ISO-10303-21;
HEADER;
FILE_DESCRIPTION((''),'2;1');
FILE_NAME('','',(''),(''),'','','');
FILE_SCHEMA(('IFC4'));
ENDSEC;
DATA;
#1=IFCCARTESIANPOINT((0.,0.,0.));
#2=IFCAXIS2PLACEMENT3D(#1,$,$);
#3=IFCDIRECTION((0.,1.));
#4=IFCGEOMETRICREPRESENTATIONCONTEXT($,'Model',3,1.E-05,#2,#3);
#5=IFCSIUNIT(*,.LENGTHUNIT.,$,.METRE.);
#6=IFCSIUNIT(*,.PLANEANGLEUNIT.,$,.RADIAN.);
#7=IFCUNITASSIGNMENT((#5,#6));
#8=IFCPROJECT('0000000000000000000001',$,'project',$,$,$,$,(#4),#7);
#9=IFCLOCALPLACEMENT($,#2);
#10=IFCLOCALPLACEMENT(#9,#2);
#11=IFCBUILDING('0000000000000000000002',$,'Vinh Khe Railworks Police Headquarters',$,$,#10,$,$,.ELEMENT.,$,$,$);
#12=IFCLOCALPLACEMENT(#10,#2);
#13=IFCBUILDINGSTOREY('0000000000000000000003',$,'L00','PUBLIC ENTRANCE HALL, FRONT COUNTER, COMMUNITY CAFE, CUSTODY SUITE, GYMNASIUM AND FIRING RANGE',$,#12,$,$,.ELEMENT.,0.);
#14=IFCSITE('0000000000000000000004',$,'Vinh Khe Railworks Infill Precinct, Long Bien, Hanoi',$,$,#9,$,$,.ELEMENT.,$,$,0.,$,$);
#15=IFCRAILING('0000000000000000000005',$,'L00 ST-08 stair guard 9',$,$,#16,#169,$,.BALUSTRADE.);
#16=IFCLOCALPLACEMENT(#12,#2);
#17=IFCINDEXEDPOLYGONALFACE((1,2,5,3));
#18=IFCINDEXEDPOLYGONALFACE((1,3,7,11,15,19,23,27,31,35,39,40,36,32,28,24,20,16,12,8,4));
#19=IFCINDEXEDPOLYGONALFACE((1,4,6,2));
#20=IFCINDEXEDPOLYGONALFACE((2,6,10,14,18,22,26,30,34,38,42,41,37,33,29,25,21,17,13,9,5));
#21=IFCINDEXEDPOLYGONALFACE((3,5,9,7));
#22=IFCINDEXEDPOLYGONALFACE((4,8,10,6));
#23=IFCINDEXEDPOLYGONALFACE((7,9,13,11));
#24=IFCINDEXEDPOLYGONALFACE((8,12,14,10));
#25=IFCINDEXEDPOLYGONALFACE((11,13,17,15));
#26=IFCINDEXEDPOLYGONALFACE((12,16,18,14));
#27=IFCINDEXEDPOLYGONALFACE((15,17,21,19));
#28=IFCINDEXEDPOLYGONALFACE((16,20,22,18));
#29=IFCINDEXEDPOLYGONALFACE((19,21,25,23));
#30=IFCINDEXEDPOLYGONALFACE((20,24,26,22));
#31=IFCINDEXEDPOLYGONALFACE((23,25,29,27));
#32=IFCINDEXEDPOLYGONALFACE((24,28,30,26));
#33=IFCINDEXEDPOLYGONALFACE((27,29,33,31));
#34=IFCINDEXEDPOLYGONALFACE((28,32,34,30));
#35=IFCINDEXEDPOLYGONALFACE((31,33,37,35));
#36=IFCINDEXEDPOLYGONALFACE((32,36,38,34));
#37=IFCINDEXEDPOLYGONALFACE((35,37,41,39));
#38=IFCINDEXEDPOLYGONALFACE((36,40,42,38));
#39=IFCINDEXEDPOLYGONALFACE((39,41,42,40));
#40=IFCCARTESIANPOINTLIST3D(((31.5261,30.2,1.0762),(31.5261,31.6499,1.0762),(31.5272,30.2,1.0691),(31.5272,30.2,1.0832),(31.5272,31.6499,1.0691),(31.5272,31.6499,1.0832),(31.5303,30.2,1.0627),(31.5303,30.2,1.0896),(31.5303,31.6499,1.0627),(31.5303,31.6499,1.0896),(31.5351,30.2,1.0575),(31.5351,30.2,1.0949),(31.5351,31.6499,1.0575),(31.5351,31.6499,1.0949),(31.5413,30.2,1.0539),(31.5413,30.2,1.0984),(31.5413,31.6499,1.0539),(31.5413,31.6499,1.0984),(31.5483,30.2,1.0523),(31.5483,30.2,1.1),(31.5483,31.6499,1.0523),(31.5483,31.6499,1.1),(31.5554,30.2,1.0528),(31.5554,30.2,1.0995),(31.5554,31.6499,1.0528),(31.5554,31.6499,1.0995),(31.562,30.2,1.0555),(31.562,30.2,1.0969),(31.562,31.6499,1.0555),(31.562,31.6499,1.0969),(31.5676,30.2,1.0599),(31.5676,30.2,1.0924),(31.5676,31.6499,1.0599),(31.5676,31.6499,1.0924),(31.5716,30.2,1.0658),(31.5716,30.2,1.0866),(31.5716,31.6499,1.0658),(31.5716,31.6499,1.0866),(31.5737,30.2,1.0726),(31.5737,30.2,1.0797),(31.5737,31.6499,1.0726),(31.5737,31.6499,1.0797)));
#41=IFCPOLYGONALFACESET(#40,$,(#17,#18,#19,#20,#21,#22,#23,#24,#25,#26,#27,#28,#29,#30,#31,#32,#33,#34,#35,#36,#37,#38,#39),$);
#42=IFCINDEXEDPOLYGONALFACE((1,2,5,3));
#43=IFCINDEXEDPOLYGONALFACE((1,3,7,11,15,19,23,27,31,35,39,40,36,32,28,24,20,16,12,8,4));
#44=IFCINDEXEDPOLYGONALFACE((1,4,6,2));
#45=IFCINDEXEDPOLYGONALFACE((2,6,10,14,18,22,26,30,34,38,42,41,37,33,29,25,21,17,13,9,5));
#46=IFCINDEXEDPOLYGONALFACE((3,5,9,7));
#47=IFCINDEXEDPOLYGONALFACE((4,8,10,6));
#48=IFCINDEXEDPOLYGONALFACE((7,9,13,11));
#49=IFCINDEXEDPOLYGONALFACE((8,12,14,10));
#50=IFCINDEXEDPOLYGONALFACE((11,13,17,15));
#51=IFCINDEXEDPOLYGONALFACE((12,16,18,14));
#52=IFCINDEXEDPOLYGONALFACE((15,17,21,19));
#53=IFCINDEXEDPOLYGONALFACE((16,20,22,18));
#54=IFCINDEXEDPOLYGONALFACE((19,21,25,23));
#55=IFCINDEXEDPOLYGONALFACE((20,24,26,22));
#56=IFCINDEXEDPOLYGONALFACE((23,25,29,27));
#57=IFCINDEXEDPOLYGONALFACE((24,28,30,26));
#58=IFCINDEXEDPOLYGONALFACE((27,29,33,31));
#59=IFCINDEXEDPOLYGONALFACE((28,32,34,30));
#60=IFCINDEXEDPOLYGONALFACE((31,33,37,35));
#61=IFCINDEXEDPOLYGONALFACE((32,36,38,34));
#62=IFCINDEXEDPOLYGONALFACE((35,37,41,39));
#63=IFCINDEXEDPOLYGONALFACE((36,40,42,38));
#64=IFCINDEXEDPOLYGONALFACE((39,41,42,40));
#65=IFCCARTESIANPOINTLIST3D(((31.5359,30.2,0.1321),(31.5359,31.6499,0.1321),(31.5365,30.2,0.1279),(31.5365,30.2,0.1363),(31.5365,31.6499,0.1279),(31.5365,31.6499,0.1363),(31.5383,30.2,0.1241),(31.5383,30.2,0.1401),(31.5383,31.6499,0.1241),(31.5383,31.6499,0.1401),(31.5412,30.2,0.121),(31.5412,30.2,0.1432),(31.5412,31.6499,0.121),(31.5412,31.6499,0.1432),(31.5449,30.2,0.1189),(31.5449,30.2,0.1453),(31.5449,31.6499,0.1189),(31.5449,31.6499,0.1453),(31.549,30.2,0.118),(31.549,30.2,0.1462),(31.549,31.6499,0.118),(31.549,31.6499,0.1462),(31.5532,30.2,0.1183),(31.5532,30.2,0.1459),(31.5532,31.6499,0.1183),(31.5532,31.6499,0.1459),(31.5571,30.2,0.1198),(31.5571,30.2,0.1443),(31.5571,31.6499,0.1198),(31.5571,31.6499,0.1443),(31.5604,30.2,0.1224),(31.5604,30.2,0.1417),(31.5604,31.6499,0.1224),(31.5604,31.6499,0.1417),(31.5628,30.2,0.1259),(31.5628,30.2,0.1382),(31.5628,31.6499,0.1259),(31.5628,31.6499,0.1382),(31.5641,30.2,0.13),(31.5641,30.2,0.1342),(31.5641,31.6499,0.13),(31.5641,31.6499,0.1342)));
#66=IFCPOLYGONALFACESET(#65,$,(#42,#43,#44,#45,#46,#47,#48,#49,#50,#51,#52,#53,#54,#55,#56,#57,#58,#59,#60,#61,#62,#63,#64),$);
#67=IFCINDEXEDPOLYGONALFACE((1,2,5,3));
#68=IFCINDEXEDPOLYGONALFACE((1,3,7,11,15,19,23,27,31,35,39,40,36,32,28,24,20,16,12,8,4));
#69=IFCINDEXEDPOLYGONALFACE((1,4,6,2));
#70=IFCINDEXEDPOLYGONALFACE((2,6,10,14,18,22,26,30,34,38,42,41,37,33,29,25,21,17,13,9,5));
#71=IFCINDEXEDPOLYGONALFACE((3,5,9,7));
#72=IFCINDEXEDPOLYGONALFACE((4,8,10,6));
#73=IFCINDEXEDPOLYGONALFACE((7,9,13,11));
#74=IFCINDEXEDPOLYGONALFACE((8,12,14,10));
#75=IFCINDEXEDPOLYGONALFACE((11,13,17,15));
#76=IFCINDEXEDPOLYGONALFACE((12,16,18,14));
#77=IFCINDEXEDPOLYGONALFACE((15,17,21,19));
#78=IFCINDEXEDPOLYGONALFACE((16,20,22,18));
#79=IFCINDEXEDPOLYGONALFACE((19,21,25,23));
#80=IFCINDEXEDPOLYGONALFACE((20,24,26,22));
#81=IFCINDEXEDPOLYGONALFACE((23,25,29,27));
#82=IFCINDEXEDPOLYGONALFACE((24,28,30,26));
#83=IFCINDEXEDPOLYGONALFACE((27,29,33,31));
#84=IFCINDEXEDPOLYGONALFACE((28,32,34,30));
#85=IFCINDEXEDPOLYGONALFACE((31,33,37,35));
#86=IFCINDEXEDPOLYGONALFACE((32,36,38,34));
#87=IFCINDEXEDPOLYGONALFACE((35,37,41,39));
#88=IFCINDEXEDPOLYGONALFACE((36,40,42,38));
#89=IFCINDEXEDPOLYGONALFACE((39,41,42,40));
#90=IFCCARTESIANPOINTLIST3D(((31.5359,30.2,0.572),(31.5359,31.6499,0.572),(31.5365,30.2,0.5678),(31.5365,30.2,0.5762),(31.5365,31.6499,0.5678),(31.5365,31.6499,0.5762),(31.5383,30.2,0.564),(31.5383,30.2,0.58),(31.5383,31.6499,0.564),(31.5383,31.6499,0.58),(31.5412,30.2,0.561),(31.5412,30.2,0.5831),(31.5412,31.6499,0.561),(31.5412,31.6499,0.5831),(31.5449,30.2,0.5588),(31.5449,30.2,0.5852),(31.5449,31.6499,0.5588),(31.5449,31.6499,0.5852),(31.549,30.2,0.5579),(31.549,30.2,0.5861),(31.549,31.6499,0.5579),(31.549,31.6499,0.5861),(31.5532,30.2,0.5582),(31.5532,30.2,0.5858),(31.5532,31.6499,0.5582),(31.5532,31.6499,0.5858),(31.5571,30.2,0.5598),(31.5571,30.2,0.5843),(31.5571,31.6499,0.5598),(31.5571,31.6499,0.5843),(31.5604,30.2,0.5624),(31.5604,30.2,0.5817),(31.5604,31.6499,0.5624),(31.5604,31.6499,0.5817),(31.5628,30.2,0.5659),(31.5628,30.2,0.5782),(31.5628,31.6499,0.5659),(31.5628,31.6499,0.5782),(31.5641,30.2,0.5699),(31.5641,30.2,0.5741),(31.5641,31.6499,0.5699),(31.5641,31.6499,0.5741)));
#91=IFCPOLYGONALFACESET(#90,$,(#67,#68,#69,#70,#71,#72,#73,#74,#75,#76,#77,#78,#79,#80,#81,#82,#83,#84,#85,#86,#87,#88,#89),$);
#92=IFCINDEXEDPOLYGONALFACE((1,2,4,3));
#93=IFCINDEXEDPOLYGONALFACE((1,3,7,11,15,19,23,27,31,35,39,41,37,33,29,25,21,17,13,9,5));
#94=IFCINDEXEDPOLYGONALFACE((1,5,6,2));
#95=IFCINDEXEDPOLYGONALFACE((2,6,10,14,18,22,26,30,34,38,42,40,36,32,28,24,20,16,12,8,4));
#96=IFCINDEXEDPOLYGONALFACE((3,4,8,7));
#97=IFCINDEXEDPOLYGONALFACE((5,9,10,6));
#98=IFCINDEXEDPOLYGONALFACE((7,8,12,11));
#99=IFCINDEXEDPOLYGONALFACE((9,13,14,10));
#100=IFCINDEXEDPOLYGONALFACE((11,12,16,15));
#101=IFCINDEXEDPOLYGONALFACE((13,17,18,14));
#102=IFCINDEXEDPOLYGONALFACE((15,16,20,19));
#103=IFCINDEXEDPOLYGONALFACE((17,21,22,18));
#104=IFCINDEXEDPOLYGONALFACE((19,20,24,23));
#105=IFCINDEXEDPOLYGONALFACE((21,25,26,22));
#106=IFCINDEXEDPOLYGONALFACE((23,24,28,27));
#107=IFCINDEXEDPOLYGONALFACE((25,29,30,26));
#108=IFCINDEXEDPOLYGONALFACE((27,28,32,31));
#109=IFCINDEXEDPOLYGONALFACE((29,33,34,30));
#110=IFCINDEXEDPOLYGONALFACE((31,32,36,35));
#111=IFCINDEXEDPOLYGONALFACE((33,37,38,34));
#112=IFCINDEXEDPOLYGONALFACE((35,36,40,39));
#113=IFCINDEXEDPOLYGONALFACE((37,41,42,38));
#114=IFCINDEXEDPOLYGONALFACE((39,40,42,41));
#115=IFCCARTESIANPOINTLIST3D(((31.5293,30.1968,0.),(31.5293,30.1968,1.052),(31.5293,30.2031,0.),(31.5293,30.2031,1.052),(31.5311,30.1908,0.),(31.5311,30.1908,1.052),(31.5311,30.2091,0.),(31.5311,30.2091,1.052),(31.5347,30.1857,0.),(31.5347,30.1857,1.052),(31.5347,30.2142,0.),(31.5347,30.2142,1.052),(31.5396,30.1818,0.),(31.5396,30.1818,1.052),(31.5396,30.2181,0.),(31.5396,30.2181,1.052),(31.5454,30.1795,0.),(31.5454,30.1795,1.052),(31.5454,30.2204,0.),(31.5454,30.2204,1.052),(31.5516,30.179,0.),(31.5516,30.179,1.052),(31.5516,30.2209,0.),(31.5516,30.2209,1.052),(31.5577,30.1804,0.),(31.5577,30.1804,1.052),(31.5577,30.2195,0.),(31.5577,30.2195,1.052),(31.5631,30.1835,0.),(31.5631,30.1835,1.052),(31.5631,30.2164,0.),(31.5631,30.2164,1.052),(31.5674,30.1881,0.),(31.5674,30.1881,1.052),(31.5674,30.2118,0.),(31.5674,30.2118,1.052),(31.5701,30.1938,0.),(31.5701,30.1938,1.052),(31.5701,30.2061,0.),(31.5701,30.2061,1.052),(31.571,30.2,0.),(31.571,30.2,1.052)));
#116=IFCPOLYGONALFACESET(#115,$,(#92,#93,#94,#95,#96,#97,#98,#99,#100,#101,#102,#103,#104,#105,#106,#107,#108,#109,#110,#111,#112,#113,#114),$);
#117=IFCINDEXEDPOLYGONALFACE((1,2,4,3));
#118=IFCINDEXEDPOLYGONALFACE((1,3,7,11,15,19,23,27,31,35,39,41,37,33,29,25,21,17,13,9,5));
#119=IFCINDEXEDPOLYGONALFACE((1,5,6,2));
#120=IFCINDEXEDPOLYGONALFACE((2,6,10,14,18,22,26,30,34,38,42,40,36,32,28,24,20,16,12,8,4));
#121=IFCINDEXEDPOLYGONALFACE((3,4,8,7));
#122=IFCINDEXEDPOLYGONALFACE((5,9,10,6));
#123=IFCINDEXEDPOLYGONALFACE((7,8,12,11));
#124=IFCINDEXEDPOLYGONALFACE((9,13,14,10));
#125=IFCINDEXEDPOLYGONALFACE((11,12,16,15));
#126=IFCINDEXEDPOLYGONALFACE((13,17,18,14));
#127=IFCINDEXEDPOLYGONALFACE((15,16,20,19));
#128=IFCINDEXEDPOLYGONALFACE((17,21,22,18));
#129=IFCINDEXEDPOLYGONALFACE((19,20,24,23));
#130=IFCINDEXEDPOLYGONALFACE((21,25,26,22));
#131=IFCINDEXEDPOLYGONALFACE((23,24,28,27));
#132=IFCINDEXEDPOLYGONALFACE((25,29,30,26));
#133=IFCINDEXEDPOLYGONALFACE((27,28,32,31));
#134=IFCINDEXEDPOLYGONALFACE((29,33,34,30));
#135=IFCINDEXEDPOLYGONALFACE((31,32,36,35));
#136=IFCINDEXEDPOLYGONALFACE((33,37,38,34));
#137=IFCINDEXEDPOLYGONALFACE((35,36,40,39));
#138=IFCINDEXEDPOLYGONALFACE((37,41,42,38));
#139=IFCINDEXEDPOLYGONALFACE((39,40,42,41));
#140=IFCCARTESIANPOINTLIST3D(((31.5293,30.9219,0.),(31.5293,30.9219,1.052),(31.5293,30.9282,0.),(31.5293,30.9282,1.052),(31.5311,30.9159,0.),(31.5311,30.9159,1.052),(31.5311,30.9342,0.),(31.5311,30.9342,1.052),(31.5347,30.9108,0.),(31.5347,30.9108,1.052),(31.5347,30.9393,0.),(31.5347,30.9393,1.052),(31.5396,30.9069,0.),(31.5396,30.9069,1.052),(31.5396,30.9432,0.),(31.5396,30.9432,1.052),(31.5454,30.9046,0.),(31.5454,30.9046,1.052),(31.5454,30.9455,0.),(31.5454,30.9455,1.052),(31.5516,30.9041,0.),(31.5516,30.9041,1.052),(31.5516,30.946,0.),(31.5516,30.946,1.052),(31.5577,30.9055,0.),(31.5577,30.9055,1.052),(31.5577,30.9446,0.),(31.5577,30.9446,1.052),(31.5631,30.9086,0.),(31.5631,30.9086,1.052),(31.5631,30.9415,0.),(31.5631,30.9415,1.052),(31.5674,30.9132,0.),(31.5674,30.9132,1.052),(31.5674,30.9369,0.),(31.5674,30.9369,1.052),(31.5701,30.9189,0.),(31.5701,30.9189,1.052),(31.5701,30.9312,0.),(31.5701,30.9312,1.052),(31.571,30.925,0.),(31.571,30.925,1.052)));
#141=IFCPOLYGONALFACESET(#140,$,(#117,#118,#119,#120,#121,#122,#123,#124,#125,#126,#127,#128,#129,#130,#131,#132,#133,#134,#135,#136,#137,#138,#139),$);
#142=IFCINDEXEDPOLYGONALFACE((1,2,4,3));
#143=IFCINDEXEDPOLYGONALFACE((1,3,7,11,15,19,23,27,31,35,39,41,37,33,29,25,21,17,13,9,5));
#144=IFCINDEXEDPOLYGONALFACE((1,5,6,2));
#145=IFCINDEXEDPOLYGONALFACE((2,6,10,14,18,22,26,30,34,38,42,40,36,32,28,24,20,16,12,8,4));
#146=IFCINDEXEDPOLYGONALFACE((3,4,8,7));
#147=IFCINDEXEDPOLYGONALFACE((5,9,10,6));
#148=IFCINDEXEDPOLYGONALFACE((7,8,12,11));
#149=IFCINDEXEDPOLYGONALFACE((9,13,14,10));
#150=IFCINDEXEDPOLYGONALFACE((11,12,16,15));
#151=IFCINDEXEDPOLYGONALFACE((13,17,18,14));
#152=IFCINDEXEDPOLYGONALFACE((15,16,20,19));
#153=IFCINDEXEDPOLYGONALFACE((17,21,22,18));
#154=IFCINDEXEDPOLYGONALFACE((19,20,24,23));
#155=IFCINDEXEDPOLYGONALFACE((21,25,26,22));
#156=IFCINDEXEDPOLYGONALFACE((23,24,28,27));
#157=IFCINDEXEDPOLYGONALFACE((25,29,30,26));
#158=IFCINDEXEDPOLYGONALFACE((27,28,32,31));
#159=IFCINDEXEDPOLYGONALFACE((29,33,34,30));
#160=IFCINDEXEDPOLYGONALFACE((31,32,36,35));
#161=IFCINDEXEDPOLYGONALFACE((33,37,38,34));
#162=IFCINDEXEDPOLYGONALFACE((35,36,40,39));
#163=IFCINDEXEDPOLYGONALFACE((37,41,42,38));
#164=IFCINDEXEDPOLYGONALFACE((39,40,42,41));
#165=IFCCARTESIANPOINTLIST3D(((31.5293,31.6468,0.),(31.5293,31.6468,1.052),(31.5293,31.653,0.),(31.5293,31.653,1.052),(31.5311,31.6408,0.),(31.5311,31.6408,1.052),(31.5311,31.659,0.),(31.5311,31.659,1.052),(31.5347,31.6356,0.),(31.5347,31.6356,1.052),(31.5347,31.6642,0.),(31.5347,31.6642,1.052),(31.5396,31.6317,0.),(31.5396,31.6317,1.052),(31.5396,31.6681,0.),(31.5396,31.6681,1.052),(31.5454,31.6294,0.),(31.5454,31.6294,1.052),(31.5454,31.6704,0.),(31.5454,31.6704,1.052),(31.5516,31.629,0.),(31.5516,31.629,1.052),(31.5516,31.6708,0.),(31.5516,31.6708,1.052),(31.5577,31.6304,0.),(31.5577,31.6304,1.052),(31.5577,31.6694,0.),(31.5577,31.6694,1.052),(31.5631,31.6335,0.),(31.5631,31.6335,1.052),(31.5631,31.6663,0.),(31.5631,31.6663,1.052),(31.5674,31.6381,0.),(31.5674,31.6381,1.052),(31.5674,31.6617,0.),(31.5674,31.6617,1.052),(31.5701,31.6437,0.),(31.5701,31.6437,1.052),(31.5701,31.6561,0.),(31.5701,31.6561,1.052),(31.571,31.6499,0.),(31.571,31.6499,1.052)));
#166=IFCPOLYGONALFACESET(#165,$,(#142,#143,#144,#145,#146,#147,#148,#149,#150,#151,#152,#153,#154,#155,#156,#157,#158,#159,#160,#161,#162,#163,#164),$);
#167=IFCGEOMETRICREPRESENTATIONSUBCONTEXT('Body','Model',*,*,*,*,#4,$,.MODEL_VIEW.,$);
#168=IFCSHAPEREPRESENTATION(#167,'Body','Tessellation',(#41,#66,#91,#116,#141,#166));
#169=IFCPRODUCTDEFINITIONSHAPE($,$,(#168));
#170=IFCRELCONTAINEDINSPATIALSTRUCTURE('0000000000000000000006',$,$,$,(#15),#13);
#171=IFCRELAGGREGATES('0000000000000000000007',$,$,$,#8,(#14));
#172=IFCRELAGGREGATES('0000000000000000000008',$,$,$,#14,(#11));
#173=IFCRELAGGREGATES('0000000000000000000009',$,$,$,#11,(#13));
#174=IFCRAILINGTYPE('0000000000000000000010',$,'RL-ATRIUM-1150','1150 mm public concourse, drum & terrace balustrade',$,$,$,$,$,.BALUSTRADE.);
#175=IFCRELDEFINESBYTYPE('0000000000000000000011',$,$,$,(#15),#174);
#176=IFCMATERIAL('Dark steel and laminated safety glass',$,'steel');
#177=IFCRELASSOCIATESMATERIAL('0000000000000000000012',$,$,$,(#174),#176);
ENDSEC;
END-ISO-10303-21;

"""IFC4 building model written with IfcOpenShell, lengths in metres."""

from ifc_helpers import new_model, si_unit, direction, frame, origin, origin_2d, place, context, subcontext, project, spatial, circle, extrude, material, type_object, element, save


model = new_model("IFC4")

# Units and contexts
model_context = context("Model", 3, precision=1e-05, world=origin(), true_north=direction((0.0, 1.0)))
body_context = subcontext(model_context, "Body", "Model", "MODEL_VIEW")
ifc_project = project(units=[si_unit("LENGTHUNIT", "METRE"), si_unit("PLANEANGLEUNIT", "RADIAN")], contexts=[model_context])

# Site, building, storey
site_placement = place(None, origin())
site = spatial("IfcSite", under=ifc_project, at=site_placement, Name="Vinh Khe Railworks Infill Precinct, Long Bien, Hanoi", CompositionType="ELEMENT", RefElevation=0.0)
building_placement = place(site_placement, origin())
building = spatial("IfcBuilding", under=site, at=building_placement, Name="Vinh Khe Railworks Police Headquarters", CompositionType="ELEMENT")
storey_placement = place(building_placement, origin())
storey = spatial("IfcBuildingStorey", under=building, at=storey_placement, Name="L00", Description="PUBLIC ENTRANCE HALL, FRONT COUNTER, COMMUNITY CAFE, CUSTODY SUITE, GYMNASIUM AND FIRING RANGE", CompositionType="ELEMENT", Elevation=0.0)

# Railing
ifc_material_1 = material(Name="Dark steel and laminated safety glass", Category="steel")
railing_type_1 = type_object("IfcRailingType", Name="RL-ATRIUM-1150", Description="1150 mm public concourse, drum & terrace balustrade", PredefinedType="BALUSTRADE", material=ifc_material_1)
for number, where, name in (
    (1, (31.55, 30.2, 0.0), "L00 ST-08 stair guard 9"),
):
    element("IfcRailing", number, at=place(storey_placement, frame(where)), inside=storey, type_object=railing_type_1, Name=name, PredefinedType="BALUSTRADE", context=body_context, shape_type="SweptSolid", body=[
        extrude(circle(Radius=0.0239, at=origin_2d()), frame((0.0, 0.0, 1.0762), z_axis=(0.0, 1.0, 0.0), x_axis=(-1.0, 0.0, 0.0)), (0.0, 0.0, 1.0), 1.45),
        extrude(circle(Radius=0.0142, at=origin_2d()), frame((0.0, 0.0, 0.1321), z_axis=(0.0, 1.0, 0.0), x_axis=(-1.0, 0.0, 0.0)), (0.0, 0.0, 1.0), 1.45),
        extrude(circle(Radius=0.0142, at=origin_2d()), frame((0.0, 0.0, 0.572), z_axis=(0.0, 1.0, 0.0), x_axis=(-1.0, 0.0, 0.0)), (0.0, 0.0, 1.0), 1.45),
        extrude(circle(Radius=0.021, at=origin_2d()), origin(), (0.0, 0.0, 1.0), 1.052),
        extrude(circle(Radius=0.021, at=origin_2d()), frame((0.0, 0.7251, 0.0)), (0.0, 0.0, 1.0), 1.052),
        extrude(circle(Radius=0.021, at=origin_2d()), frame((0.0, 1.45, 0.0)), (0.0, 0.0, 1.0), 1.052),
    ])

save(model, "model.ifc")
